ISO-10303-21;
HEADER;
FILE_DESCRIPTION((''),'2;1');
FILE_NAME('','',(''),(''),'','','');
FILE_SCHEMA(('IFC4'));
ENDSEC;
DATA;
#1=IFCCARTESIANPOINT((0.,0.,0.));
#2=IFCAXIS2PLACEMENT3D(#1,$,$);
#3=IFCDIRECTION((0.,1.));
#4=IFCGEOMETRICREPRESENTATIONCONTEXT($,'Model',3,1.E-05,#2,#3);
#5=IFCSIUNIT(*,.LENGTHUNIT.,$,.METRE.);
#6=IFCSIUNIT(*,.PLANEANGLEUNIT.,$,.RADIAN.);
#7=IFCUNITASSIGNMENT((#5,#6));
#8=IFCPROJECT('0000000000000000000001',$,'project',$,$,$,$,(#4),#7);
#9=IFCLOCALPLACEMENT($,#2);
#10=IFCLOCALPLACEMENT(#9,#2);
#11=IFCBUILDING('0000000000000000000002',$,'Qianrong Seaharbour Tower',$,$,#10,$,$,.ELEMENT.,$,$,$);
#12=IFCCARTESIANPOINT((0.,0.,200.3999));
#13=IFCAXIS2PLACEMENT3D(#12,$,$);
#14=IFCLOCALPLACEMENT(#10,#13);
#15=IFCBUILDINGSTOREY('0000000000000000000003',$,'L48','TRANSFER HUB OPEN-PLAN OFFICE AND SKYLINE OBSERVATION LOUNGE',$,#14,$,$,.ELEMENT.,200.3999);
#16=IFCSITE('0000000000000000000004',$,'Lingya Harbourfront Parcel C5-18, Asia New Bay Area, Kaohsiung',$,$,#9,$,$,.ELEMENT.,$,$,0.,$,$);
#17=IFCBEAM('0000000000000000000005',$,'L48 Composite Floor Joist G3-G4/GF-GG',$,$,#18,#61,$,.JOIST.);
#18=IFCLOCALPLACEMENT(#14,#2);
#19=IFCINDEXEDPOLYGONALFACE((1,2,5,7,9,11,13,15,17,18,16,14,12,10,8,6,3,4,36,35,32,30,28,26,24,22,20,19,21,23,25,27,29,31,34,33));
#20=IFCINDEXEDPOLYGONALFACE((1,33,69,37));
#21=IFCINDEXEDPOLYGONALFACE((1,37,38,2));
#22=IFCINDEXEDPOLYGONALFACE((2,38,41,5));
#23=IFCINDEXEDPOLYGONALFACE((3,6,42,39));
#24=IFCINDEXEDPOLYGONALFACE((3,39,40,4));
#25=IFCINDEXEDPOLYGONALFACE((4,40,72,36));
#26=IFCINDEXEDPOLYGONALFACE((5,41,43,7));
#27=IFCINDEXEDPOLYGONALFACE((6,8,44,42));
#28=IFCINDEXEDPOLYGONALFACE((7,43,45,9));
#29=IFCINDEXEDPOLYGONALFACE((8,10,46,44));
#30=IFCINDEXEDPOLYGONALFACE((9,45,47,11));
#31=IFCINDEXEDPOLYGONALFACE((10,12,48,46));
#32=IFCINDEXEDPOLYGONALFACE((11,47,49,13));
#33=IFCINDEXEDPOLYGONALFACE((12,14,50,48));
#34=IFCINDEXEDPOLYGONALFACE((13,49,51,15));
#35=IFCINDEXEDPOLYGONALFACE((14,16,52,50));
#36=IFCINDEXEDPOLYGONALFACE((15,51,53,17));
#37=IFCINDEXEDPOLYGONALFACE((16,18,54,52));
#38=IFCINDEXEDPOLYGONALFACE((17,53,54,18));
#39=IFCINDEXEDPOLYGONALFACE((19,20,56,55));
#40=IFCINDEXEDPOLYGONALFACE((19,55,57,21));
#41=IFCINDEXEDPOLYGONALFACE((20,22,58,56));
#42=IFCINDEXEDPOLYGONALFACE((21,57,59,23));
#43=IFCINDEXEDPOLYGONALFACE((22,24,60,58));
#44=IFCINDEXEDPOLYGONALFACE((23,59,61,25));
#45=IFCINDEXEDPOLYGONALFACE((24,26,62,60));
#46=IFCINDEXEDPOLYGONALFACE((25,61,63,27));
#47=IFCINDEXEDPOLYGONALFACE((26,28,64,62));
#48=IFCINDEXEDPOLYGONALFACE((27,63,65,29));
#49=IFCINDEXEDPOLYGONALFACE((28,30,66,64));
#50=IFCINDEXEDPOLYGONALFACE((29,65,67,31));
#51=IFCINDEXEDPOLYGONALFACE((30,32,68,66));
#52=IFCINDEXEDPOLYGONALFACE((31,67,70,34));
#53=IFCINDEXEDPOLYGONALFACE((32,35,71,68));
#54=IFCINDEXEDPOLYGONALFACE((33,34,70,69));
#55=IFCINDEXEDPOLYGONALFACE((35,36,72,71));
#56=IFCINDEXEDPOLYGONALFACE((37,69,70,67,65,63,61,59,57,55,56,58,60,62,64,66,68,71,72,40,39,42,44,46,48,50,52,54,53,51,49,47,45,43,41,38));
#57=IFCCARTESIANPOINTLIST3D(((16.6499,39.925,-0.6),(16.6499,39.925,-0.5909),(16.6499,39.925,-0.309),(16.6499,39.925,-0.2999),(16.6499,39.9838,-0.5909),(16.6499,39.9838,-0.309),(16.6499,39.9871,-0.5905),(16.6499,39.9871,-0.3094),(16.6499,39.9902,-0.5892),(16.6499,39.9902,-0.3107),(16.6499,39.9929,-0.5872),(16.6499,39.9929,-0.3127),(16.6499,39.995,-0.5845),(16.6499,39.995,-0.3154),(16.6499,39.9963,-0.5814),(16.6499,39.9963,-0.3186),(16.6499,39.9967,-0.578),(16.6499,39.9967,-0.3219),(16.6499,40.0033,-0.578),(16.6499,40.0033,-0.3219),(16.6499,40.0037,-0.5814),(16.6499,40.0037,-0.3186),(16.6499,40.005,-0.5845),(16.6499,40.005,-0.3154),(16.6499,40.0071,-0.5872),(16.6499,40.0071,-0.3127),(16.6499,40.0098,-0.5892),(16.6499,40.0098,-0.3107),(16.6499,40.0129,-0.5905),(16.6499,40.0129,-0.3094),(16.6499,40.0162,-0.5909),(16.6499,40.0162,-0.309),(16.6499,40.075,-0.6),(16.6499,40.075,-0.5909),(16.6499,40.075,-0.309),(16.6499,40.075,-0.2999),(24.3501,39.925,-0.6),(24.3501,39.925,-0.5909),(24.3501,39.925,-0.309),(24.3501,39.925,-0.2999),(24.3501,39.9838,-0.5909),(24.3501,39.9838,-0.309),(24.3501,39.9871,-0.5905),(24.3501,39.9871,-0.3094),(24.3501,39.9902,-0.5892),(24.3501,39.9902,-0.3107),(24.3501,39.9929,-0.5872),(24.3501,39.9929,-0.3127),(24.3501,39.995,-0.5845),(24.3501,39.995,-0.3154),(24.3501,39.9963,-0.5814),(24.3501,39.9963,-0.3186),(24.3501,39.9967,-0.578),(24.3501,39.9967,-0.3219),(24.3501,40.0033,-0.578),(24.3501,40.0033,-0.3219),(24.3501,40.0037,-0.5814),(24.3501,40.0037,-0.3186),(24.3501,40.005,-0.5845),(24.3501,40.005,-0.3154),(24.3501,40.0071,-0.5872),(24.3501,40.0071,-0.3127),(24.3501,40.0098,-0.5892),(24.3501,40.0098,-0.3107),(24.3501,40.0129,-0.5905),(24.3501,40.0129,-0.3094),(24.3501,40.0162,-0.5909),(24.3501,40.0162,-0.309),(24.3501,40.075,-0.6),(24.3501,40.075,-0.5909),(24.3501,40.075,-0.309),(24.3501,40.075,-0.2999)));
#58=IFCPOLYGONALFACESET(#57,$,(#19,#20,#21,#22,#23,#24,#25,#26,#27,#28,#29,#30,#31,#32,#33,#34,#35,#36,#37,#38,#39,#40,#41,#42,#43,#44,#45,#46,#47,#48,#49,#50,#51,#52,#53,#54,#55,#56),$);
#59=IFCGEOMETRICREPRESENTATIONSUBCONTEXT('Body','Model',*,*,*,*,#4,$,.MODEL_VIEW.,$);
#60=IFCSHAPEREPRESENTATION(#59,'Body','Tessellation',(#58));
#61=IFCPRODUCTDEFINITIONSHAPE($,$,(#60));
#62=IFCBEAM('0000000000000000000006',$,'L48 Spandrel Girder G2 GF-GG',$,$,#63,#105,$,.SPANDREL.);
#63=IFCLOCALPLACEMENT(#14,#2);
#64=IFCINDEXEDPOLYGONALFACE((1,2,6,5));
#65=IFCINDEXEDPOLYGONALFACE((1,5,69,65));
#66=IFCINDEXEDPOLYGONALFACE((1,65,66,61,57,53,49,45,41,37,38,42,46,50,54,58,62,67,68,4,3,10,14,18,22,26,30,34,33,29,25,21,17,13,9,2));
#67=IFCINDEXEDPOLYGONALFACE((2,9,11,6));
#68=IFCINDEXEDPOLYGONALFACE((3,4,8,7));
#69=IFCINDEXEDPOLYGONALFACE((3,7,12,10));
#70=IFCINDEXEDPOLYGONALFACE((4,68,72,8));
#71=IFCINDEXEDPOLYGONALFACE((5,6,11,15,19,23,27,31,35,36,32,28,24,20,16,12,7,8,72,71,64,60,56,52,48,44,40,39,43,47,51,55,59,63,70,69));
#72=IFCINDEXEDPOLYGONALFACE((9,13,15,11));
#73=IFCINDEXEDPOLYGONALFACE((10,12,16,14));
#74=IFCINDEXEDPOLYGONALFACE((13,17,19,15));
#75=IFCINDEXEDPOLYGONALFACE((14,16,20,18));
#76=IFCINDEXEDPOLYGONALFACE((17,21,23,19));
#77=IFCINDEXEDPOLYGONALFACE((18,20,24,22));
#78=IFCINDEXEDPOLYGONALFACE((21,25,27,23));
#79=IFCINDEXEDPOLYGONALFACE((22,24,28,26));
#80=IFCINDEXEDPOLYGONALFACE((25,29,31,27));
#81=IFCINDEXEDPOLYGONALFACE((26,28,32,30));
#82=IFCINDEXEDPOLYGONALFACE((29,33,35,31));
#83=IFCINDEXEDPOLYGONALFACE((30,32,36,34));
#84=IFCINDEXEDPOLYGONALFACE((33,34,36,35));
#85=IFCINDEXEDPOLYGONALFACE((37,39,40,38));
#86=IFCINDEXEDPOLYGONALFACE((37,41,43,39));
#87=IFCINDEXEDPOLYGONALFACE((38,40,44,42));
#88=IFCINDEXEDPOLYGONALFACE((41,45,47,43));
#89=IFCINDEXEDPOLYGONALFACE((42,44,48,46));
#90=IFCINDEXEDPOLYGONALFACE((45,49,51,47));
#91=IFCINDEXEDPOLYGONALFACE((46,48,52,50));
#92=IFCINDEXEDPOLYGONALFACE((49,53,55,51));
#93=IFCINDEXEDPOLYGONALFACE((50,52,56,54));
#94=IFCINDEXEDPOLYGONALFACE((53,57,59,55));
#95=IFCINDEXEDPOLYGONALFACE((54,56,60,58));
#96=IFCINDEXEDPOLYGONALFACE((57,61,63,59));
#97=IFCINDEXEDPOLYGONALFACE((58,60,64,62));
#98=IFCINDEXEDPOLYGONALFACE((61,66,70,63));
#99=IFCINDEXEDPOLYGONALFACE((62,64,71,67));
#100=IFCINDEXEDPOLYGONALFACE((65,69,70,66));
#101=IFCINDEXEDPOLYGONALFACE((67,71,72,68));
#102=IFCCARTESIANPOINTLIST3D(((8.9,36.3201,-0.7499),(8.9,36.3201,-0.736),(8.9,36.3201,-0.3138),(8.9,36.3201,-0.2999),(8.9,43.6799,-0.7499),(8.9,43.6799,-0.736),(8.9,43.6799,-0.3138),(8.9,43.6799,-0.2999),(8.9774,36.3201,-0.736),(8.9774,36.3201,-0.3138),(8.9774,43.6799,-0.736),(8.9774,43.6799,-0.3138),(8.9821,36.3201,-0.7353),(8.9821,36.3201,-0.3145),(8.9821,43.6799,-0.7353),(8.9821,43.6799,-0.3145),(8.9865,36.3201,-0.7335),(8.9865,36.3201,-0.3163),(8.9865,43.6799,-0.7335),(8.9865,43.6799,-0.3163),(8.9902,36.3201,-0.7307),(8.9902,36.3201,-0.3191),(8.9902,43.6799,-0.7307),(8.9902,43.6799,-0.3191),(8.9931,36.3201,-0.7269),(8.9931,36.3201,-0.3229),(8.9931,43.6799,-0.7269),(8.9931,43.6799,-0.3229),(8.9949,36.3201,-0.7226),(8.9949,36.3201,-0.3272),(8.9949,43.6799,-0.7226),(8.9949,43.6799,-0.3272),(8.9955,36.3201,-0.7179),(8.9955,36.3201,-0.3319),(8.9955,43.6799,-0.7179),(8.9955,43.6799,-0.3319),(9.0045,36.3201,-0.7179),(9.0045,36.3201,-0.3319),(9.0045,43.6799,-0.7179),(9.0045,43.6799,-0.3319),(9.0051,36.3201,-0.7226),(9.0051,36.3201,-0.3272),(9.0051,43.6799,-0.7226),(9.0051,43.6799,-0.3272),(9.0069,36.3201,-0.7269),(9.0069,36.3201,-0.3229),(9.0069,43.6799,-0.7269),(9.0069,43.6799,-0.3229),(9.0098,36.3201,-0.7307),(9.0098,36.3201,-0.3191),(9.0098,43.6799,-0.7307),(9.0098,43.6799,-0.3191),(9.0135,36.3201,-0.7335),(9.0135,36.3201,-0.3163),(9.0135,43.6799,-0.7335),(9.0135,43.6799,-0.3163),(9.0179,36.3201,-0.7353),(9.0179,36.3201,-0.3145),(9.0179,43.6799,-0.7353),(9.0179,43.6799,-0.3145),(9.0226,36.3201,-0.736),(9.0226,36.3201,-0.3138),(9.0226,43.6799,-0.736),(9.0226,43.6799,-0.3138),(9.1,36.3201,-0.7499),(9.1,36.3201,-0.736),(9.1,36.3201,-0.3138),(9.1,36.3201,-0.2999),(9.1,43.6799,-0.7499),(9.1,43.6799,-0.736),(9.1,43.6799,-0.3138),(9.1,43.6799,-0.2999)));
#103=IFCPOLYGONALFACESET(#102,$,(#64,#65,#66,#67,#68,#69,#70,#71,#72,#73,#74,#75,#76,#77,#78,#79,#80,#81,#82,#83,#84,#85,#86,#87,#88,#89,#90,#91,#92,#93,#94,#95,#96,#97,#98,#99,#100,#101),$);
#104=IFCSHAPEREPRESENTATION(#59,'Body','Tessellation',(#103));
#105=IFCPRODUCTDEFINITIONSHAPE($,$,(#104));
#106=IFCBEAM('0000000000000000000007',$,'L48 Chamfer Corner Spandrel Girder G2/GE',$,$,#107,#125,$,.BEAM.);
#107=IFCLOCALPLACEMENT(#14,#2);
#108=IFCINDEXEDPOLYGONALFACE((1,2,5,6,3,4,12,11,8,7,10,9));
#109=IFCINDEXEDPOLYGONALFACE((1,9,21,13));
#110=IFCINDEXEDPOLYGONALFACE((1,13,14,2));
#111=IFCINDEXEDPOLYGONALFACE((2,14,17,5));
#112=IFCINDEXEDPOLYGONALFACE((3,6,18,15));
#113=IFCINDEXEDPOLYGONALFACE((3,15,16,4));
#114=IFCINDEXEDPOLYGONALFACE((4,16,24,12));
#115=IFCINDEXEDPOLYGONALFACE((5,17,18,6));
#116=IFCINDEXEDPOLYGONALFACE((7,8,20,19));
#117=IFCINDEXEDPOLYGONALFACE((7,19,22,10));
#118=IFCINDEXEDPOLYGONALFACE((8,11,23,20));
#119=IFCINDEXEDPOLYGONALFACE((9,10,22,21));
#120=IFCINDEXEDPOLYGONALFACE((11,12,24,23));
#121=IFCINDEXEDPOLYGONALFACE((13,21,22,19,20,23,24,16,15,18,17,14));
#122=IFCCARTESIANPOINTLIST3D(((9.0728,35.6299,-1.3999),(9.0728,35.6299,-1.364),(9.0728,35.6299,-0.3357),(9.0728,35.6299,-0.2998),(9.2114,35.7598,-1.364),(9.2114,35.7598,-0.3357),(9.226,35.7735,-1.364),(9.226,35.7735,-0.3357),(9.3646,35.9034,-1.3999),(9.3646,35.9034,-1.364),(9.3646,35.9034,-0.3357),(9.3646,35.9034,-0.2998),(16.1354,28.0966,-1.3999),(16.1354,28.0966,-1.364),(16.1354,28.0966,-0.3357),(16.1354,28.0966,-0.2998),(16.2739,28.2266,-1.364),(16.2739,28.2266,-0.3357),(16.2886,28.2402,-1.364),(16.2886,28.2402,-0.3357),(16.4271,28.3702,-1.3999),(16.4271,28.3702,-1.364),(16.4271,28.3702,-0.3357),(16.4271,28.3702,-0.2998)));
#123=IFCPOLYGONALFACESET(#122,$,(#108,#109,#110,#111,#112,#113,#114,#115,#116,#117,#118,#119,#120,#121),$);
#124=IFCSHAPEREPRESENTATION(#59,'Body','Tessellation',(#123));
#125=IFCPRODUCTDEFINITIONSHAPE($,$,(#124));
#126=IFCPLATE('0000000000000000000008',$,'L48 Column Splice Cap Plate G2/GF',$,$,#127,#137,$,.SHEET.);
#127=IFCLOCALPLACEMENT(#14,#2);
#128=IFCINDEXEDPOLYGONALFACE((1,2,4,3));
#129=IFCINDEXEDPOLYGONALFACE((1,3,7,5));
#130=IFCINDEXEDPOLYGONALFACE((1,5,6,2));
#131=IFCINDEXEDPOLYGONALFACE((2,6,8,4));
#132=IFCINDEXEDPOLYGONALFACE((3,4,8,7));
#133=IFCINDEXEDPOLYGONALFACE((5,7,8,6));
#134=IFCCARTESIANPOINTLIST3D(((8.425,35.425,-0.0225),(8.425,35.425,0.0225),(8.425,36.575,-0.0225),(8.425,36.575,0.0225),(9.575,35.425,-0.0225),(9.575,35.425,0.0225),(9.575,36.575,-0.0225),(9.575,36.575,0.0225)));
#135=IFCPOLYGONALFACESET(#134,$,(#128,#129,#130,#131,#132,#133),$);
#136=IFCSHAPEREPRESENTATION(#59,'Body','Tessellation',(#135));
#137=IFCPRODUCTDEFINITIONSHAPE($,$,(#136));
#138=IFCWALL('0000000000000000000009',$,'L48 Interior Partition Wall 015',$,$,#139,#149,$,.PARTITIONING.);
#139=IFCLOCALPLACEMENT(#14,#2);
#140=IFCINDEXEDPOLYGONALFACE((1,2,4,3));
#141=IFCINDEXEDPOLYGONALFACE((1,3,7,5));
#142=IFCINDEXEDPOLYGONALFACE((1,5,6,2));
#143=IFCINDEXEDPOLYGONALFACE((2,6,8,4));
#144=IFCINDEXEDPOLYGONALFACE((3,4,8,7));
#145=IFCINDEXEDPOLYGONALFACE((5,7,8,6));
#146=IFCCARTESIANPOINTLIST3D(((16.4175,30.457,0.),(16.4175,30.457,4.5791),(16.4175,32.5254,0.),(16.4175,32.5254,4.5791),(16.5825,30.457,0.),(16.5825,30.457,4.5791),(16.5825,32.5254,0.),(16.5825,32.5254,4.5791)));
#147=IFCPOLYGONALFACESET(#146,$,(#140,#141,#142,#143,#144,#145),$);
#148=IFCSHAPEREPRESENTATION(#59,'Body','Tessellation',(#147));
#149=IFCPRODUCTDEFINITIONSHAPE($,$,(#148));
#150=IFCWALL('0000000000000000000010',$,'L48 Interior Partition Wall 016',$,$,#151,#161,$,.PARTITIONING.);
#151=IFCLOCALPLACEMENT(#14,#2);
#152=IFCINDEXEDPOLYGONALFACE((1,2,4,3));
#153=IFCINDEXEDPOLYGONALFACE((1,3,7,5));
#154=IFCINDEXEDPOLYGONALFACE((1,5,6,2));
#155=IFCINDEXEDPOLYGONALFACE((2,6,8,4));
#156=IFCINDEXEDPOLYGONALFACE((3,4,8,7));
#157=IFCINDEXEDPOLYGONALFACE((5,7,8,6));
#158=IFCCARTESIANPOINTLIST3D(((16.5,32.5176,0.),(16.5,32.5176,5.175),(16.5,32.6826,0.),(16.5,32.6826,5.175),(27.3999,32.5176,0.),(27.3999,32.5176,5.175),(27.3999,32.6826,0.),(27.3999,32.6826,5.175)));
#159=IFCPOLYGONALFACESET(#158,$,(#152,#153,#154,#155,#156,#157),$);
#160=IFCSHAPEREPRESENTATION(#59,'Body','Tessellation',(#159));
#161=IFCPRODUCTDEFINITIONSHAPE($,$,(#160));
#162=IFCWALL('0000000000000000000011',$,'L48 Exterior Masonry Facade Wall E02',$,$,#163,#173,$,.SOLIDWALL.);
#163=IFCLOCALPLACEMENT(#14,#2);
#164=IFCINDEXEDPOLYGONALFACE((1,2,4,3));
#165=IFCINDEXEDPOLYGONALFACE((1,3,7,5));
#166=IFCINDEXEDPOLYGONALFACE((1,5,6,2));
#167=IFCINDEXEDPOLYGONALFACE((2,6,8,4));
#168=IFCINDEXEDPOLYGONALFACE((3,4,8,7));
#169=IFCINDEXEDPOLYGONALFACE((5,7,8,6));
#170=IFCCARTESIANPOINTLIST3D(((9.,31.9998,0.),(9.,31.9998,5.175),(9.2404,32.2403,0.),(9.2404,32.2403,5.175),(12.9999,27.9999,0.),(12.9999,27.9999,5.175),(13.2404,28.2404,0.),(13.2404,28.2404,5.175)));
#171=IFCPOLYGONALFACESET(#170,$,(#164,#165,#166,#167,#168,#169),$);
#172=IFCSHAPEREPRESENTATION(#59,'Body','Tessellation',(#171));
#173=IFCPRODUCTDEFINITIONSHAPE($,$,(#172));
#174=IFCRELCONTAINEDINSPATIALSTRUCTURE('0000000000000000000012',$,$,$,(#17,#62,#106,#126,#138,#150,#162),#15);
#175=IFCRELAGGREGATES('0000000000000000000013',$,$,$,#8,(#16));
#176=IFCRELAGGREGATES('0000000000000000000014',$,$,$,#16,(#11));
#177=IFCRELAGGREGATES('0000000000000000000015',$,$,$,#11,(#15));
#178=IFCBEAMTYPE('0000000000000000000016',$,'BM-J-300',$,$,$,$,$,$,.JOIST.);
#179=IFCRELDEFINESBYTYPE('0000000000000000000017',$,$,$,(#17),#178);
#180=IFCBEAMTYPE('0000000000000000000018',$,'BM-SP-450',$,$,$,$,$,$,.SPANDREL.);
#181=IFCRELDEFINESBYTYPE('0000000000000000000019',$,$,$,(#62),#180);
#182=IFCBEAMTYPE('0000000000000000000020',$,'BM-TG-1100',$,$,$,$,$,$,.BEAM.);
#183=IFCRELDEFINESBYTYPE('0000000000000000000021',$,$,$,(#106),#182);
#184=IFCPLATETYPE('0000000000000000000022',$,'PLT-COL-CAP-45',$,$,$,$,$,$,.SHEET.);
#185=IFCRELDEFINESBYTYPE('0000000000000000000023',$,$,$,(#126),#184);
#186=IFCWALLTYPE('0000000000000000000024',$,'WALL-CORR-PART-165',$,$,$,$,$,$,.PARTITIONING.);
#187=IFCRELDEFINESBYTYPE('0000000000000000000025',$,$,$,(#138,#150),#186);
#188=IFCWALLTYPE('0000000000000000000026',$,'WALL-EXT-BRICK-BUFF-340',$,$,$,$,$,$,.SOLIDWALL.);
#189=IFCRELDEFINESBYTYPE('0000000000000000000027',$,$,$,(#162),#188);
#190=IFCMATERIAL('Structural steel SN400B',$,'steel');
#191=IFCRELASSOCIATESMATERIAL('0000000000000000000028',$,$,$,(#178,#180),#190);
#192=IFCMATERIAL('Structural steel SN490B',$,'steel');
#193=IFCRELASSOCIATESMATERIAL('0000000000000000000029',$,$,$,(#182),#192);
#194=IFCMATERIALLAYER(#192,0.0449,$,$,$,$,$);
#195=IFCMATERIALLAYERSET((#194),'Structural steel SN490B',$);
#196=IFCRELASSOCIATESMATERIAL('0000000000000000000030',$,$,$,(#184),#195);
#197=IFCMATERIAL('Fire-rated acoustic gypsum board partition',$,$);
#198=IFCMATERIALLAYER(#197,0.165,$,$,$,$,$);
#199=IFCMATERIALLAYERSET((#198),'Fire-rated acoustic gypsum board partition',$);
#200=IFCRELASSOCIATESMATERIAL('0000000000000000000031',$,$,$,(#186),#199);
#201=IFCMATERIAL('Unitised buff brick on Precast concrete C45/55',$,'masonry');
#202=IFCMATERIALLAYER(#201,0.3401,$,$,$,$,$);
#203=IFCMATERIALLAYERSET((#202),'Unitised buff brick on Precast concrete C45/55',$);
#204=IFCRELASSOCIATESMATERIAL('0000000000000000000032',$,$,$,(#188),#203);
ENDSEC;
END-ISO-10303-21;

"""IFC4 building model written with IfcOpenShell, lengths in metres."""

from ifc_helpers import new_model, si_unit, direction, frame, frame_2d, origin, origin_2d, place, context, subcontext, project, spatial, rectangle, i_section, extrude, material, layer, layer_set, material_profile, profile_set, type_object, element, save


model = new_model("IFC4")

# Units and contexts
model_context = context("Model", 3, precision=1e-05, world=origin(), true_north=direction((0.0, 1.0)))
body_context = subcontext(model_context, "Body", "Model", "MODEL_VIEW")
ifc_project = project(units=[si_unit("LENGTHUNIT", "METRE"), si_unit("PLANEANGLEUNIT", "RADIAN")], contexts=[model_context])

# Site, building, storey
site_placement = place(None, origin())
site = spatial("IfcSite", under=ifc_project, at=site_placement, Name="Lingya Harbourfront Parcel C5-18, Asia New Bay Area, Kaohsiung", CompositionType="ELEMENT", RefElevation=0.0)
building_placement = place(site_placement, origin())
building = spatial("IfcBuilding", under=site, at=building_placement, Name="Qianrong Seaharbour Tower", CompositionType="ELEMENT")
storey_placement = place(building_placement, frame((0.0, 0.0, 200.3999)))
storey = spatial("IfcBuildingStorey", under=building, at=storey_placement, Name="L48", Description="TRANSFER HUB OPEN-PLAN OFFICE AND SKYLINE OBSERVATION LOUNGE", CompositionType="ELEMENT", Elevation=200.3999)

# Shared definitions
ifc_material_1 = material(Name="Structural steel SN490B", Category="steel")

# Beams
ifc_material_2 = material(Name="Structural steel SN400B", Category="steel")
ifc_material_profile_1 = material_profile(ifc_material_2, i_section(OverallWidth=0.1499, OverallDepth=0.3, WebThickness=0.0066, FlangeThickness=0.009, FilletRadius=0.0129, at=origin_2d()), Name="H300x150x6.5x9")
ifc_profile_set_1 = profile_set([ifc_material_profile_1], Name="Structural steel SN400B")
beam_type_1 = type_object("IfcBeamType", Name="BM-J-300", PredefinedType="JOIST", material=ifc_profile_set_1)
for number, where, z_axis, x_axis, name in (
    (1, (16.6499, 40.0, -0.45), (1.0, 0.0, 0.0), (0.0, 1.0, 0.0), "L48 Composite Floor Joist G3-G4/GF-GG"),
):
    element("IfcBeam", number, at=place(storey_placement, frame(where, z_axis=z_axis, x_axis=x_axis)), inside=storey, type_object=beam_type_1, Name=name, PredefinedType="JOIST", context=body_context, shape_type="SweptSolid", body=[
        extrude(i_section(OverallWidth=0.1499, OverallDepth=0.3, WebThickness=0.0066, FlangeThickness=0.009, FilletRadius=0.0129, at=origin_2d()), origin(), (0.0, 0.0, 1.0), 7.7002),
    ])
ifc_material_profile_2 = material_profile(ifc_material_2, i_section(OverallWidth=0.2, OverallDepth=0.45, WebThickness=0.009, FlangeThickness=0.0139, FilletRadius=0.0181, at=origin_2d()), Name="H450x200x9x14")
ifc_profile_set_2 = profile_set([ifc_material_profile_2], Name="Structural steel SN400B")
beam_type_2 = type_object("IfcBeamType", Name="BM-SP-450", PredefinedType="SPANDREL", material=ifc_profile_set_2)
beam_1_placement = place(storey_placement, frame((9.0, 36.3201, -0.5249), z_axis=(0.0, 1.0, 0.0), x_axis=(-1.0, 0.0, 0.0)))
element("IfcBeam", 2, at=beam_1_placement, inside=storey, type_object=beam_type_2, Name="L48 Spandrel Girder G2 GF-GG", PredefinedType="SPANDREL", context=body_context, shape_type="SweptSolid", body=[
    extrude(i_section(OverallWidth=0.2, OverallDepth=0.45, WebThickness=0.009, FlangeThickness=0.0139, FilletRadius=0.0181, at=origin_2d()), origin(), (0.0, 0.0, 1.0), 7.3599),
])
ifc_material_profile_3 = material_profile(ifc_material_1, i_section(OverallWidth=0.3999, OverallDepth=1.1001, WebThickness=0.02, FlangeThickness=0.0359, at=origin_2d()), Name="BH1100x400x20x36")
ifc_profile_set_3 = profile_set([ifc_material_profile_3], Name="Structural steel SN490B")
beam_type_3 = type_object("IfcBeamType", Name="BM-TG-1100", PredefinedType="BEAM", material=ifc_profile_set_3)
beam_2_placement = place(storey_placement, frame((16.2812, 28.2334, -0.8499), z_axis=(-0.683947, 0.729531, 0.0), x_axis=(-0.729531, -0.683947, 0.0)))
element("IfcBeam", 3, at=beam_2_placement, inside=storey, type_object=beam_type_3, Name="L48 Chamfer Corner Spandrel Girder G2/GE", PredefinedType="BEAM", context=body_context, shape_type="SweptSolid", body=[
    extrude(i_section(OverallWidth=0.3999, OverallDepth=1.1001, WebThickness=0.02, FlangeThickness=0.0359, at=origin_2d()), origin(), (0.0, 0.0, 1.0), 10.3262),
])

# Plate
ifc_layer_1 = layer(ifc_material_1, 0.0449)
ifc_layer_set_1 = layer_set([ifc_layer_1], Name="Structural steel SN490B")
plate_type = type_object("IfcPlateType", Name="PLT-COL-CAP-45", PredefinedType="SHEET", material=ifc_layer_set_1)
plate_placement = place(storey_placement, frame((9.0, 36.0, -0.0225), z_axis=(0.0, 0.0, 1.0), x_axis=(1.0, 0.0, 0.0)))
element("IfcPlate", 4, at=plate_placement, inside=storey, type_object=plate_type, Name="L48 Column Splice Cap Plate G2/GF", PredefinedType="SHEET", context=body_context, shape_type="SweptSolid", body=[
    extrude(rectangle(XDim=1.1499, YDim=1.1499, at=origin_2d()), origin(), (0.0, 0.0, 1.0), 0.0449),
])

# Walls
ifc_material_3 = material(Name="Fire-rated acoustic gypsum board partition")
ifc_layer_2 = layer(ifc_material_3, 0.165)
ifc_layer_set_2 = layer_set([ifc_layer_2], Name="Fire-rated acoustic gypsum board partition")
wall_type_1 = type_object("IfcWallType", Name="WALL-CORR-PART-165", PredefinedType="PARTITIONING", material=ifc_layer_set_2)
wall_1_placement = place(storey_placement, frame((16.5, 30.457, 0.0), z_axis=(0.0, 0.0, 1.0), x_axis=(0.0, 1.0, 0.0)))
element("IfcWall", 5, at=wall_1_placement, inside=storey, type_object=wall_type_1, Name="L48 Interior Partition Wall 015", PredefinedType="PARTITIONING", context=body_context, shape_type="SweptSolid", body=[
    extrude(rectangle(XDim=2.0684, YDim=0.165, at=frame_2d((1.0342, 0.0))), origin(), (0.0, 0.0, 1.0), 4.5791),
])
wall_2_placement = place(storey_placement, frame((16.5, 32.6001, 0.0), z_axis=(0.0, 0.0, 1.0), x_axis=(1.0, 0.0, 0.0)))
element("IfcWall", 6, at=wall_2_placement, inside=storey, type_object=wall_type_1, Name="L48 Interior Partition Wall 016", PredefinedType="PARTITIONING", context=body_context, shape_type="SweptSolid", body=[
    extrude(rectangle(XDim=10.8999, YDim=0.165, at=frame_2d((5.45, 0.0))), origin(), (0.0, 0.0, 1.0), 5.175),
])
ifc_material_4 = material(Name="Unitised buff brick on Precast concrete C45/55", Category="masonry")
ifc_layer_3 = layer(ifc_material_4, 0.3401)
ifc_layer_set_3 = layer_set([ifc_layer_3], Name="Unitised buff brick on Precast concrete C45/55")
wall_type_2 = type_object("IfcWallType", Name="WALL-EXT-BRICK-BUFF-340", PredefinedType="SOLIDWALL", material=ifc_layer_set_3)
wall_3_placement = place(storey_placement, frame((13.1201, 28.1201, 0.0), z_axis=(0.0, 0.0, 1.0), x_axis=(-0.707107, 0.707107, 0.0)))
element("IfcWall", 7, at=wall_3_placement, inside=storey, type_object=wall_type_2, Name="L48 Exterior Masonry Facade Wall E02", PredefinedType="SOLIDWALL", context=body_context, shape_type="SweptSolid", body=[
    extrude(rectangle(XDim=5.6567, YDim=0.3401, at=frame_2d((2.8284, 0.0))), origin(), (0.0, 0.0, 1.0), 5.175),
])

save(model, "model.ifc")
